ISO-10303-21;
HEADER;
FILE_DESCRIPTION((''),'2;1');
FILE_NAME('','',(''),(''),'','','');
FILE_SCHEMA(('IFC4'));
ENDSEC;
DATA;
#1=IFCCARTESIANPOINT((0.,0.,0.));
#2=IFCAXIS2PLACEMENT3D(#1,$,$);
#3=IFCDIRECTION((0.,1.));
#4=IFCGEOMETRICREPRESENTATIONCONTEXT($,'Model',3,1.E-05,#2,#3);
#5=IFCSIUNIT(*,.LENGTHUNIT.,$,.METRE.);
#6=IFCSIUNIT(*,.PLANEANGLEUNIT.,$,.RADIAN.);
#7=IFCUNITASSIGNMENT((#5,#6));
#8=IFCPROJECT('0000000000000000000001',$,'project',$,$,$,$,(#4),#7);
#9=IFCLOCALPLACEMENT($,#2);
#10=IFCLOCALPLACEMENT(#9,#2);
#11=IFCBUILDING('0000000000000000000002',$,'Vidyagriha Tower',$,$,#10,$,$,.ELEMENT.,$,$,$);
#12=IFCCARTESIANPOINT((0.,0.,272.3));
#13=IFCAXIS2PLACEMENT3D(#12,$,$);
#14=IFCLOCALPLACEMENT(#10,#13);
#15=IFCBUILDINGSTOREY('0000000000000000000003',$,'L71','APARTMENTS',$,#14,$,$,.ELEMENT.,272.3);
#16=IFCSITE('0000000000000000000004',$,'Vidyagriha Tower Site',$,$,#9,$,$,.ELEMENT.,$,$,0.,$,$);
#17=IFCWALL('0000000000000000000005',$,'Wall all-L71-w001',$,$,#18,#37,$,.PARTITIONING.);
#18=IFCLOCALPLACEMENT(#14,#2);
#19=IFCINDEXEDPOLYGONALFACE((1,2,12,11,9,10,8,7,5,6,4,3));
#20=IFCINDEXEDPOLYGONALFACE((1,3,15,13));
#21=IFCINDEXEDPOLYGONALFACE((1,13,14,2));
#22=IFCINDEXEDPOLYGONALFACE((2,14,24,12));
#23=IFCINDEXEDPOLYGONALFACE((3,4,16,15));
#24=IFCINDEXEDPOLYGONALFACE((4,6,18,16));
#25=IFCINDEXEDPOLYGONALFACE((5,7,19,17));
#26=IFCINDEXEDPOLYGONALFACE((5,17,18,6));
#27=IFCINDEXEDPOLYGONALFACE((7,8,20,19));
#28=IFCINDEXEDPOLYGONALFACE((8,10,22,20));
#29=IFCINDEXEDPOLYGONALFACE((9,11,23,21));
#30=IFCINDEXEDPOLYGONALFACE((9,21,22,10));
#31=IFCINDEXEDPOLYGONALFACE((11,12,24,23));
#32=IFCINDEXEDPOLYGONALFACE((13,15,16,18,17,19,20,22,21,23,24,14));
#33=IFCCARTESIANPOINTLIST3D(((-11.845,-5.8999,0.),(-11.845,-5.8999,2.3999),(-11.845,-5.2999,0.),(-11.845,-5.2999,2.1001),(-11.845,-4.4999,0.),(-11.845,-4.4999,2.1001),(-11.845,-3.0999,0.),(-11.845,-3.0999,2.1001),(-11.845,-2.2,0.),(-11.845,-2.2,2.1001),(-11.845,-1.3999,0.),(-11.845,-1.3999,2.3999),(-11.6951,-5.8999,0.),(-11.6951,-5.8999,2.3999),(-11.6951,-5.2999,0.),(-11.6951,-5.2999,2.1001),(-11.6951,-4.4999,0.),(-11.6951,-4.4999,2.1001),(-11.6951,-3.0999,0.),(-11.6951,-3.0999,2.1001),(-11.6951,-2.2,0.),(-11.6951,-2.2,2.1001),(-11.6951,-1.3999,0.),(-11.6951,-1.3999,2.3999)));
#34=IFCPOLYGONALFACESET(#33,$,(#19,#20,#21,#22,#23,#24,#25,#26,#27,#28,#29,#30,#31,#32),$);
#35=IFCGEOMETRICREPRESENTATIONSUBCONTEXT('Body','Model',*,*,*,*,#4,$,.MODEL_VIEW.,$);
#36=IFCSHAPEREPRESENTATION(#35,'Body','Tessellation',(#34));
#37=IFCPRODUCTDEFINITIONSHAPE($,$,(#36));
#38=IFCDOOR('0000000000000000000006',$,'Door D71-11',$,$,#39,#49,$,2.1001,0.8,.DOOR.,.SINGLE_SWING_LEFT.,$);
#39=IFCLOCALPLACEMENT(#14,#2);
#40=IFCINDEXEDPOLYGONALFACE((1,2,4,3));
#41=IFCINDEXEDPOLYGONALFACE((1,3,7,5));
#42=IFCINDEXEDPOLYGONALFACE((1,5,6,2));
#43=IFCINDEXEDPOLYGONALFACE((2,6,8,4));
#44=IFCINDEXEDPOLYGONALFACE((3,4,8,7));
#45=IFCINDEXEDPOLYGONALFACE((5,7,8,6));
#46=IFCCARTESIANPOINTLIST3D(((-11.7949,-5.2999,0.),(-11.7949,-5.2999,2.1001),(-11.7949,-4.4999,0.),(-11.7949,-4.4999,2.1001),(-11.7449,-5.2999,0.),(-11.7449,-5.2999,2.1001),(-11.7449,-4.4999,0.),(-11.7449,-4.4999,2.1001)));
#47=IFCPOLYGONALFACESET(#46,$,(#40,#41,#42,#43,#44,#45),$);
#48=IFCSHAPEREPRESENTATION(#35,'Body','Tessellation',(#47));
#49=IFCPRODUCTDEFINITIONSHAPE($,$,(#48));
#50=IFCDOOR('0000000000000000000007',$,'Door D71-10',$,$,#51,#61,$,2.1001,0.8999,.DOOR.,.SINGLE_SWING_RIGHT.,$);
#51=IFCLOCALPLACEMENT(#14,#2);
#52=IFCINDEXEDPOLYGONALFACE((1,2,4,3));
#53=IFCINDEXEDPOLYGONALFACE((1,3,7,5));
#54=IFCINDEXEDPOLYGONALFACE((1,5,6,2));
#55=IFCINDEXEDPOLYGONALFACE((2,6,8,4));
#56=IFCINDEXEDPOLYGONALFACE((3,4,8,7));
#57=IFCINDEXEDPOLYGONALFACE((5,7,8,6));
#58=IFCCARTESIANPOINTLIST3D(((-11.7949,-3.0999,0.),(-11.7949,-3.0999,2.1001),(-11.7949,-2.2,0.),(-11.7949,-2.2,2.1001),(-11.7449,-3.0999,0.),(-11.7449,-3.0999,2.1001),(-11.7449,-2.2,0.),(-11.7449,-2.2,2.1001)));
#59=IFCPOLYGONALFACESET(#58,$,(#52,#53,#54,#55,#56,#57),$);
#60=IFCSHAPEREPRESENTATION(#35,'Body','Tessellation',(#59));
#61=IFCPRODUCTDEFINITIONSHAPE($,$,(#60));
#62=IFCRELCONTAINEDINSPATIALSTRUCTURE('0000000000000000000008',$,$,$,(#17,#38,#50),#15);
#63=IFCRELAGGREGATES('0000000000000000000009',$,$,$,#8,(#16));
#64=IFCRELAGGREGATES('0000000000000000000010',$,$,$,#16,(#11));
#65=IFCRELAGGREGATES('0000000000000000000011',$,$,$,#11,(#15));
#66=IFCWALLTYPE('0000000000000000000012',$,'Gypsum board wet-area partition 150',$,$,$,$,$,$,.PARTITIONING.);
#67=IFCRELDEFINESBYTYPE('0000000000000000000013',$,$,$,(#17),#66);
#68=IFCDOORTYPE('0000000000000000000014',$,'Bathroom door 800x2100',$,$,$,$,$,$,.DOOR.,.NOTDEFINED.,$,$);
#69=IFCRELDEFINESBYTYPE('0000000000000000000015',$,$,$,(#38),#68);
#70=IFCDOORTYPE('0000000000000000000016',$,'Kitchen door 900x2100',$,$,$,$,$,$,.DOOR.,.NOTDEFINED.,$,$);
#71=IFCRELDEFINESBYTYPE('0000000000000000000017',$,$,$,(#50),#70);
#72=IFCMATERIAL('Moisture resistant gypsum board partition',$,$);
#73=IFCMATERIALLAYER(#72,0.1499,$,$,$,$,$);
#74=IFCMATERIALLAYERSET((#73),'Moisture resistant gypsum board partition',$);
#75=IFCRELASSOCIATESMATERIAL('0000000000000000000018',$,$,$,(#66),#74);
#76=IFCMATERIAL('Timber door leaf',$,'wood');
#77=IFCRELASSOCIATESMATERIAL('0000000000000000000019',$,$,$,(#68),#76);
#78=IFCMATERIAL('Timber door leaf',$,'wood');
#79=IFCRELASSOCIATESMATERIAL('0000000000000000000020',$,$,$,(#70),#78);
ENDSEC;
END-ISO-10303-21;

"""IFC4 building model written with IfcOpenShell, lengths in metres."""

from ifc_helpers import new_model, si_unit, direction, frame, frame_2d, origin, place, context, subcontext, project, spatial, rectangle, extrude, material, layer, layer_set, type_object, element, fill, save


model = new_model("IFC4")

# Units and contexts
model_context = context("Model", 3, precision=1e-05, world=origin(), true_north=direction((0.0, 1.0)))
body_context = subcontext(model_context, "Body", "Model", "MODEL_VIEW")
ifc_project = project(units=[si_unit("LENGTHUNIT", "METRE"), si_unit("PLANEANGLEUNIT", "RADIAN")], contexts=[model_context])

# Site, building, storey
site_placement = place(None, origin())
site = spatial("IfcSite", under=ifc_project, at=site_placement, Name="Vidyagriha Tower Site", CompositionType="ELEMENT", RefElevation=0.0)
building_placement = place(site_placement, origin())
building = spatial("IfcBuilding", under=site, at=building_placement, Name="Vidyagriha Tower", CompositionType="ELEMENT")
storey_placement = place(building_placement, frame((0.0, 0.0, 272.3)))
storey = spatial("IfcBuildingStorey", under=building, at=storey_placement, Name="L71", Description="APARTMENTS", CompositionType="ELEMENT", Elevation=272.3)

# Wall, openings, doors
ifc_material_1 = material(Name="Moisture resistant gypsum board partition")
ifc_layer_1 = layer(ifc_material_1, 0.1499)
ifc_layer_set_1 = layer_set([ifc_layer_1], Name="Moisture resistant gypsum board partition")
wall_type_1 = type_object("IfcWallType", Name="Gypsum board wet-area partition 150", PredefinedType="PARTITIONING", material=ifc_layer_set_1)
wall_1_placement = place(storey_placement, frame((-11.77, -5.8999, 0.0), z_axis=(0.0, 0.0, 1.0), x_axis=(0.0, 1.0, 0.0)))
wall_1 = element("IfcWall", 1, at=wall_1_placement, inside=storey, type_object=wall_type_1, Name="Wall all-L71-w001", PredefinedType="PARTITIONING", context=body_context, shape_type="SweptSolid", body=[
    extrude(rectangle(XDim=4.5, YDim=0.1499, at=frame_2d((2.25, 0.0))), origin(), (0.0, 0.0, 1.0), 2.3999),
])
opening_1_placement = place(wall_1_placement, frame((2.8, 0.0, 0.0)))
opening_1 = element("IfcOpeningElement", 2, at=opening_1_placement, cuts=wall_1, PredefinedType="OPENING", context=body_context, shape_type="SweptSolid", body=[
    extrude(rectangle(XDim=0.8999, YDim=2.1001, at=frame_2d((0.45, 1.05))), frame((0.0, 0.085, 0.0), z_axis=(0.0, -1.0, 0.0), x_axis=(1.0, 0.0, 0.0)), (0.0, 0.0, 1.0), 0.1699),
])
opening_2_placement = place(wall_1_placement, frame((0.6001, 0.0, 0.0)))
opening_2 = element("IfcOpeningElement", 3, at=opening_2_placement, cuts=wall_1, PredefinedType="OPENING", context=body_context, shape_type="SweptSolid", body=[
    extrude(rectangle(XDim=0.8, YDim=2.1001, at=frame_2d((0.3999, 1.05))), frame((0.0, 0.085, 0.0), z_axis=(0.0, -1.0, 0.0), x_axis=(1.0, 0.0, 0.0)), (0.0, 0.0, 1.0), 0.1699),
])
ifc_material_2 = material(Name="Timber door leaf", Category="wood")
door_type_1 = type_object("IfcDoorType", Name="Bathroom door 800x2100", OperationType="NOTDEFINED", PredefinedType="DOOR", material=ifc_material_2)
door_1_placement = place(opening_2_placement, origin())
door_1 = element("IfcDoor", 4, at=door_1_placement, inside=storey, type_object=door_type_1, Name="Door D71-11", OperationType="SINGLE_SWING_LEFT", OverallHeight=2.1001, OverallWidth=0.8, PredefinedType="DOOR", context=body_context, shape_type="SweptSolid", body=[
    extrude(rectangle(XDim=0.8, YDim=2.1001, at=frame_2d((0.3999, 1.05))), frame((0.0, 0.0249, 0.0), z_axis=(0.0, -1.0, 0.0), x_axis=(1.0, 0.0, 0.0)), (0.0, 0.0, 1.0), 0.05),
])
fill(opening_2, door_1)
ifc_material_3 = material(Name="Timber door leaf", Category="wood")
door_type_2 = type_object("IfcDoorType", Name="Kitchen door 900x2100", OperationType="NOTDEFINED", PredefinedType="DOOR", material=ifc_material_3)
door_2_placement = place(opening_1_placement, origin())
door_2 = element("IfcDoor", 5, at=door_2_placement, inside=storey, type_object=door_type_2, Name="Door D71-10", OperationType="SINGLE_SWING_RIGHT", OverallHeight=2.1001, OverallWidth=0.8999, PredefinedType="DOOR", context=body_context, shape_type="SweptSolid", body=[
    extrude(rectangle(XDim=0.8999, YDim=2.1001, at=frame_2d((0.45, 1.05))), frame((0.0, 0.0249, 0.0), z_axis=(0.0, -1.0, 0.0), x_axis=(1.0, 0.0, 0.0)), (0.0, 0.0, 1.0), 0.05),
])
fill(opening_1, door_2)

save(model, "model.ifc")
